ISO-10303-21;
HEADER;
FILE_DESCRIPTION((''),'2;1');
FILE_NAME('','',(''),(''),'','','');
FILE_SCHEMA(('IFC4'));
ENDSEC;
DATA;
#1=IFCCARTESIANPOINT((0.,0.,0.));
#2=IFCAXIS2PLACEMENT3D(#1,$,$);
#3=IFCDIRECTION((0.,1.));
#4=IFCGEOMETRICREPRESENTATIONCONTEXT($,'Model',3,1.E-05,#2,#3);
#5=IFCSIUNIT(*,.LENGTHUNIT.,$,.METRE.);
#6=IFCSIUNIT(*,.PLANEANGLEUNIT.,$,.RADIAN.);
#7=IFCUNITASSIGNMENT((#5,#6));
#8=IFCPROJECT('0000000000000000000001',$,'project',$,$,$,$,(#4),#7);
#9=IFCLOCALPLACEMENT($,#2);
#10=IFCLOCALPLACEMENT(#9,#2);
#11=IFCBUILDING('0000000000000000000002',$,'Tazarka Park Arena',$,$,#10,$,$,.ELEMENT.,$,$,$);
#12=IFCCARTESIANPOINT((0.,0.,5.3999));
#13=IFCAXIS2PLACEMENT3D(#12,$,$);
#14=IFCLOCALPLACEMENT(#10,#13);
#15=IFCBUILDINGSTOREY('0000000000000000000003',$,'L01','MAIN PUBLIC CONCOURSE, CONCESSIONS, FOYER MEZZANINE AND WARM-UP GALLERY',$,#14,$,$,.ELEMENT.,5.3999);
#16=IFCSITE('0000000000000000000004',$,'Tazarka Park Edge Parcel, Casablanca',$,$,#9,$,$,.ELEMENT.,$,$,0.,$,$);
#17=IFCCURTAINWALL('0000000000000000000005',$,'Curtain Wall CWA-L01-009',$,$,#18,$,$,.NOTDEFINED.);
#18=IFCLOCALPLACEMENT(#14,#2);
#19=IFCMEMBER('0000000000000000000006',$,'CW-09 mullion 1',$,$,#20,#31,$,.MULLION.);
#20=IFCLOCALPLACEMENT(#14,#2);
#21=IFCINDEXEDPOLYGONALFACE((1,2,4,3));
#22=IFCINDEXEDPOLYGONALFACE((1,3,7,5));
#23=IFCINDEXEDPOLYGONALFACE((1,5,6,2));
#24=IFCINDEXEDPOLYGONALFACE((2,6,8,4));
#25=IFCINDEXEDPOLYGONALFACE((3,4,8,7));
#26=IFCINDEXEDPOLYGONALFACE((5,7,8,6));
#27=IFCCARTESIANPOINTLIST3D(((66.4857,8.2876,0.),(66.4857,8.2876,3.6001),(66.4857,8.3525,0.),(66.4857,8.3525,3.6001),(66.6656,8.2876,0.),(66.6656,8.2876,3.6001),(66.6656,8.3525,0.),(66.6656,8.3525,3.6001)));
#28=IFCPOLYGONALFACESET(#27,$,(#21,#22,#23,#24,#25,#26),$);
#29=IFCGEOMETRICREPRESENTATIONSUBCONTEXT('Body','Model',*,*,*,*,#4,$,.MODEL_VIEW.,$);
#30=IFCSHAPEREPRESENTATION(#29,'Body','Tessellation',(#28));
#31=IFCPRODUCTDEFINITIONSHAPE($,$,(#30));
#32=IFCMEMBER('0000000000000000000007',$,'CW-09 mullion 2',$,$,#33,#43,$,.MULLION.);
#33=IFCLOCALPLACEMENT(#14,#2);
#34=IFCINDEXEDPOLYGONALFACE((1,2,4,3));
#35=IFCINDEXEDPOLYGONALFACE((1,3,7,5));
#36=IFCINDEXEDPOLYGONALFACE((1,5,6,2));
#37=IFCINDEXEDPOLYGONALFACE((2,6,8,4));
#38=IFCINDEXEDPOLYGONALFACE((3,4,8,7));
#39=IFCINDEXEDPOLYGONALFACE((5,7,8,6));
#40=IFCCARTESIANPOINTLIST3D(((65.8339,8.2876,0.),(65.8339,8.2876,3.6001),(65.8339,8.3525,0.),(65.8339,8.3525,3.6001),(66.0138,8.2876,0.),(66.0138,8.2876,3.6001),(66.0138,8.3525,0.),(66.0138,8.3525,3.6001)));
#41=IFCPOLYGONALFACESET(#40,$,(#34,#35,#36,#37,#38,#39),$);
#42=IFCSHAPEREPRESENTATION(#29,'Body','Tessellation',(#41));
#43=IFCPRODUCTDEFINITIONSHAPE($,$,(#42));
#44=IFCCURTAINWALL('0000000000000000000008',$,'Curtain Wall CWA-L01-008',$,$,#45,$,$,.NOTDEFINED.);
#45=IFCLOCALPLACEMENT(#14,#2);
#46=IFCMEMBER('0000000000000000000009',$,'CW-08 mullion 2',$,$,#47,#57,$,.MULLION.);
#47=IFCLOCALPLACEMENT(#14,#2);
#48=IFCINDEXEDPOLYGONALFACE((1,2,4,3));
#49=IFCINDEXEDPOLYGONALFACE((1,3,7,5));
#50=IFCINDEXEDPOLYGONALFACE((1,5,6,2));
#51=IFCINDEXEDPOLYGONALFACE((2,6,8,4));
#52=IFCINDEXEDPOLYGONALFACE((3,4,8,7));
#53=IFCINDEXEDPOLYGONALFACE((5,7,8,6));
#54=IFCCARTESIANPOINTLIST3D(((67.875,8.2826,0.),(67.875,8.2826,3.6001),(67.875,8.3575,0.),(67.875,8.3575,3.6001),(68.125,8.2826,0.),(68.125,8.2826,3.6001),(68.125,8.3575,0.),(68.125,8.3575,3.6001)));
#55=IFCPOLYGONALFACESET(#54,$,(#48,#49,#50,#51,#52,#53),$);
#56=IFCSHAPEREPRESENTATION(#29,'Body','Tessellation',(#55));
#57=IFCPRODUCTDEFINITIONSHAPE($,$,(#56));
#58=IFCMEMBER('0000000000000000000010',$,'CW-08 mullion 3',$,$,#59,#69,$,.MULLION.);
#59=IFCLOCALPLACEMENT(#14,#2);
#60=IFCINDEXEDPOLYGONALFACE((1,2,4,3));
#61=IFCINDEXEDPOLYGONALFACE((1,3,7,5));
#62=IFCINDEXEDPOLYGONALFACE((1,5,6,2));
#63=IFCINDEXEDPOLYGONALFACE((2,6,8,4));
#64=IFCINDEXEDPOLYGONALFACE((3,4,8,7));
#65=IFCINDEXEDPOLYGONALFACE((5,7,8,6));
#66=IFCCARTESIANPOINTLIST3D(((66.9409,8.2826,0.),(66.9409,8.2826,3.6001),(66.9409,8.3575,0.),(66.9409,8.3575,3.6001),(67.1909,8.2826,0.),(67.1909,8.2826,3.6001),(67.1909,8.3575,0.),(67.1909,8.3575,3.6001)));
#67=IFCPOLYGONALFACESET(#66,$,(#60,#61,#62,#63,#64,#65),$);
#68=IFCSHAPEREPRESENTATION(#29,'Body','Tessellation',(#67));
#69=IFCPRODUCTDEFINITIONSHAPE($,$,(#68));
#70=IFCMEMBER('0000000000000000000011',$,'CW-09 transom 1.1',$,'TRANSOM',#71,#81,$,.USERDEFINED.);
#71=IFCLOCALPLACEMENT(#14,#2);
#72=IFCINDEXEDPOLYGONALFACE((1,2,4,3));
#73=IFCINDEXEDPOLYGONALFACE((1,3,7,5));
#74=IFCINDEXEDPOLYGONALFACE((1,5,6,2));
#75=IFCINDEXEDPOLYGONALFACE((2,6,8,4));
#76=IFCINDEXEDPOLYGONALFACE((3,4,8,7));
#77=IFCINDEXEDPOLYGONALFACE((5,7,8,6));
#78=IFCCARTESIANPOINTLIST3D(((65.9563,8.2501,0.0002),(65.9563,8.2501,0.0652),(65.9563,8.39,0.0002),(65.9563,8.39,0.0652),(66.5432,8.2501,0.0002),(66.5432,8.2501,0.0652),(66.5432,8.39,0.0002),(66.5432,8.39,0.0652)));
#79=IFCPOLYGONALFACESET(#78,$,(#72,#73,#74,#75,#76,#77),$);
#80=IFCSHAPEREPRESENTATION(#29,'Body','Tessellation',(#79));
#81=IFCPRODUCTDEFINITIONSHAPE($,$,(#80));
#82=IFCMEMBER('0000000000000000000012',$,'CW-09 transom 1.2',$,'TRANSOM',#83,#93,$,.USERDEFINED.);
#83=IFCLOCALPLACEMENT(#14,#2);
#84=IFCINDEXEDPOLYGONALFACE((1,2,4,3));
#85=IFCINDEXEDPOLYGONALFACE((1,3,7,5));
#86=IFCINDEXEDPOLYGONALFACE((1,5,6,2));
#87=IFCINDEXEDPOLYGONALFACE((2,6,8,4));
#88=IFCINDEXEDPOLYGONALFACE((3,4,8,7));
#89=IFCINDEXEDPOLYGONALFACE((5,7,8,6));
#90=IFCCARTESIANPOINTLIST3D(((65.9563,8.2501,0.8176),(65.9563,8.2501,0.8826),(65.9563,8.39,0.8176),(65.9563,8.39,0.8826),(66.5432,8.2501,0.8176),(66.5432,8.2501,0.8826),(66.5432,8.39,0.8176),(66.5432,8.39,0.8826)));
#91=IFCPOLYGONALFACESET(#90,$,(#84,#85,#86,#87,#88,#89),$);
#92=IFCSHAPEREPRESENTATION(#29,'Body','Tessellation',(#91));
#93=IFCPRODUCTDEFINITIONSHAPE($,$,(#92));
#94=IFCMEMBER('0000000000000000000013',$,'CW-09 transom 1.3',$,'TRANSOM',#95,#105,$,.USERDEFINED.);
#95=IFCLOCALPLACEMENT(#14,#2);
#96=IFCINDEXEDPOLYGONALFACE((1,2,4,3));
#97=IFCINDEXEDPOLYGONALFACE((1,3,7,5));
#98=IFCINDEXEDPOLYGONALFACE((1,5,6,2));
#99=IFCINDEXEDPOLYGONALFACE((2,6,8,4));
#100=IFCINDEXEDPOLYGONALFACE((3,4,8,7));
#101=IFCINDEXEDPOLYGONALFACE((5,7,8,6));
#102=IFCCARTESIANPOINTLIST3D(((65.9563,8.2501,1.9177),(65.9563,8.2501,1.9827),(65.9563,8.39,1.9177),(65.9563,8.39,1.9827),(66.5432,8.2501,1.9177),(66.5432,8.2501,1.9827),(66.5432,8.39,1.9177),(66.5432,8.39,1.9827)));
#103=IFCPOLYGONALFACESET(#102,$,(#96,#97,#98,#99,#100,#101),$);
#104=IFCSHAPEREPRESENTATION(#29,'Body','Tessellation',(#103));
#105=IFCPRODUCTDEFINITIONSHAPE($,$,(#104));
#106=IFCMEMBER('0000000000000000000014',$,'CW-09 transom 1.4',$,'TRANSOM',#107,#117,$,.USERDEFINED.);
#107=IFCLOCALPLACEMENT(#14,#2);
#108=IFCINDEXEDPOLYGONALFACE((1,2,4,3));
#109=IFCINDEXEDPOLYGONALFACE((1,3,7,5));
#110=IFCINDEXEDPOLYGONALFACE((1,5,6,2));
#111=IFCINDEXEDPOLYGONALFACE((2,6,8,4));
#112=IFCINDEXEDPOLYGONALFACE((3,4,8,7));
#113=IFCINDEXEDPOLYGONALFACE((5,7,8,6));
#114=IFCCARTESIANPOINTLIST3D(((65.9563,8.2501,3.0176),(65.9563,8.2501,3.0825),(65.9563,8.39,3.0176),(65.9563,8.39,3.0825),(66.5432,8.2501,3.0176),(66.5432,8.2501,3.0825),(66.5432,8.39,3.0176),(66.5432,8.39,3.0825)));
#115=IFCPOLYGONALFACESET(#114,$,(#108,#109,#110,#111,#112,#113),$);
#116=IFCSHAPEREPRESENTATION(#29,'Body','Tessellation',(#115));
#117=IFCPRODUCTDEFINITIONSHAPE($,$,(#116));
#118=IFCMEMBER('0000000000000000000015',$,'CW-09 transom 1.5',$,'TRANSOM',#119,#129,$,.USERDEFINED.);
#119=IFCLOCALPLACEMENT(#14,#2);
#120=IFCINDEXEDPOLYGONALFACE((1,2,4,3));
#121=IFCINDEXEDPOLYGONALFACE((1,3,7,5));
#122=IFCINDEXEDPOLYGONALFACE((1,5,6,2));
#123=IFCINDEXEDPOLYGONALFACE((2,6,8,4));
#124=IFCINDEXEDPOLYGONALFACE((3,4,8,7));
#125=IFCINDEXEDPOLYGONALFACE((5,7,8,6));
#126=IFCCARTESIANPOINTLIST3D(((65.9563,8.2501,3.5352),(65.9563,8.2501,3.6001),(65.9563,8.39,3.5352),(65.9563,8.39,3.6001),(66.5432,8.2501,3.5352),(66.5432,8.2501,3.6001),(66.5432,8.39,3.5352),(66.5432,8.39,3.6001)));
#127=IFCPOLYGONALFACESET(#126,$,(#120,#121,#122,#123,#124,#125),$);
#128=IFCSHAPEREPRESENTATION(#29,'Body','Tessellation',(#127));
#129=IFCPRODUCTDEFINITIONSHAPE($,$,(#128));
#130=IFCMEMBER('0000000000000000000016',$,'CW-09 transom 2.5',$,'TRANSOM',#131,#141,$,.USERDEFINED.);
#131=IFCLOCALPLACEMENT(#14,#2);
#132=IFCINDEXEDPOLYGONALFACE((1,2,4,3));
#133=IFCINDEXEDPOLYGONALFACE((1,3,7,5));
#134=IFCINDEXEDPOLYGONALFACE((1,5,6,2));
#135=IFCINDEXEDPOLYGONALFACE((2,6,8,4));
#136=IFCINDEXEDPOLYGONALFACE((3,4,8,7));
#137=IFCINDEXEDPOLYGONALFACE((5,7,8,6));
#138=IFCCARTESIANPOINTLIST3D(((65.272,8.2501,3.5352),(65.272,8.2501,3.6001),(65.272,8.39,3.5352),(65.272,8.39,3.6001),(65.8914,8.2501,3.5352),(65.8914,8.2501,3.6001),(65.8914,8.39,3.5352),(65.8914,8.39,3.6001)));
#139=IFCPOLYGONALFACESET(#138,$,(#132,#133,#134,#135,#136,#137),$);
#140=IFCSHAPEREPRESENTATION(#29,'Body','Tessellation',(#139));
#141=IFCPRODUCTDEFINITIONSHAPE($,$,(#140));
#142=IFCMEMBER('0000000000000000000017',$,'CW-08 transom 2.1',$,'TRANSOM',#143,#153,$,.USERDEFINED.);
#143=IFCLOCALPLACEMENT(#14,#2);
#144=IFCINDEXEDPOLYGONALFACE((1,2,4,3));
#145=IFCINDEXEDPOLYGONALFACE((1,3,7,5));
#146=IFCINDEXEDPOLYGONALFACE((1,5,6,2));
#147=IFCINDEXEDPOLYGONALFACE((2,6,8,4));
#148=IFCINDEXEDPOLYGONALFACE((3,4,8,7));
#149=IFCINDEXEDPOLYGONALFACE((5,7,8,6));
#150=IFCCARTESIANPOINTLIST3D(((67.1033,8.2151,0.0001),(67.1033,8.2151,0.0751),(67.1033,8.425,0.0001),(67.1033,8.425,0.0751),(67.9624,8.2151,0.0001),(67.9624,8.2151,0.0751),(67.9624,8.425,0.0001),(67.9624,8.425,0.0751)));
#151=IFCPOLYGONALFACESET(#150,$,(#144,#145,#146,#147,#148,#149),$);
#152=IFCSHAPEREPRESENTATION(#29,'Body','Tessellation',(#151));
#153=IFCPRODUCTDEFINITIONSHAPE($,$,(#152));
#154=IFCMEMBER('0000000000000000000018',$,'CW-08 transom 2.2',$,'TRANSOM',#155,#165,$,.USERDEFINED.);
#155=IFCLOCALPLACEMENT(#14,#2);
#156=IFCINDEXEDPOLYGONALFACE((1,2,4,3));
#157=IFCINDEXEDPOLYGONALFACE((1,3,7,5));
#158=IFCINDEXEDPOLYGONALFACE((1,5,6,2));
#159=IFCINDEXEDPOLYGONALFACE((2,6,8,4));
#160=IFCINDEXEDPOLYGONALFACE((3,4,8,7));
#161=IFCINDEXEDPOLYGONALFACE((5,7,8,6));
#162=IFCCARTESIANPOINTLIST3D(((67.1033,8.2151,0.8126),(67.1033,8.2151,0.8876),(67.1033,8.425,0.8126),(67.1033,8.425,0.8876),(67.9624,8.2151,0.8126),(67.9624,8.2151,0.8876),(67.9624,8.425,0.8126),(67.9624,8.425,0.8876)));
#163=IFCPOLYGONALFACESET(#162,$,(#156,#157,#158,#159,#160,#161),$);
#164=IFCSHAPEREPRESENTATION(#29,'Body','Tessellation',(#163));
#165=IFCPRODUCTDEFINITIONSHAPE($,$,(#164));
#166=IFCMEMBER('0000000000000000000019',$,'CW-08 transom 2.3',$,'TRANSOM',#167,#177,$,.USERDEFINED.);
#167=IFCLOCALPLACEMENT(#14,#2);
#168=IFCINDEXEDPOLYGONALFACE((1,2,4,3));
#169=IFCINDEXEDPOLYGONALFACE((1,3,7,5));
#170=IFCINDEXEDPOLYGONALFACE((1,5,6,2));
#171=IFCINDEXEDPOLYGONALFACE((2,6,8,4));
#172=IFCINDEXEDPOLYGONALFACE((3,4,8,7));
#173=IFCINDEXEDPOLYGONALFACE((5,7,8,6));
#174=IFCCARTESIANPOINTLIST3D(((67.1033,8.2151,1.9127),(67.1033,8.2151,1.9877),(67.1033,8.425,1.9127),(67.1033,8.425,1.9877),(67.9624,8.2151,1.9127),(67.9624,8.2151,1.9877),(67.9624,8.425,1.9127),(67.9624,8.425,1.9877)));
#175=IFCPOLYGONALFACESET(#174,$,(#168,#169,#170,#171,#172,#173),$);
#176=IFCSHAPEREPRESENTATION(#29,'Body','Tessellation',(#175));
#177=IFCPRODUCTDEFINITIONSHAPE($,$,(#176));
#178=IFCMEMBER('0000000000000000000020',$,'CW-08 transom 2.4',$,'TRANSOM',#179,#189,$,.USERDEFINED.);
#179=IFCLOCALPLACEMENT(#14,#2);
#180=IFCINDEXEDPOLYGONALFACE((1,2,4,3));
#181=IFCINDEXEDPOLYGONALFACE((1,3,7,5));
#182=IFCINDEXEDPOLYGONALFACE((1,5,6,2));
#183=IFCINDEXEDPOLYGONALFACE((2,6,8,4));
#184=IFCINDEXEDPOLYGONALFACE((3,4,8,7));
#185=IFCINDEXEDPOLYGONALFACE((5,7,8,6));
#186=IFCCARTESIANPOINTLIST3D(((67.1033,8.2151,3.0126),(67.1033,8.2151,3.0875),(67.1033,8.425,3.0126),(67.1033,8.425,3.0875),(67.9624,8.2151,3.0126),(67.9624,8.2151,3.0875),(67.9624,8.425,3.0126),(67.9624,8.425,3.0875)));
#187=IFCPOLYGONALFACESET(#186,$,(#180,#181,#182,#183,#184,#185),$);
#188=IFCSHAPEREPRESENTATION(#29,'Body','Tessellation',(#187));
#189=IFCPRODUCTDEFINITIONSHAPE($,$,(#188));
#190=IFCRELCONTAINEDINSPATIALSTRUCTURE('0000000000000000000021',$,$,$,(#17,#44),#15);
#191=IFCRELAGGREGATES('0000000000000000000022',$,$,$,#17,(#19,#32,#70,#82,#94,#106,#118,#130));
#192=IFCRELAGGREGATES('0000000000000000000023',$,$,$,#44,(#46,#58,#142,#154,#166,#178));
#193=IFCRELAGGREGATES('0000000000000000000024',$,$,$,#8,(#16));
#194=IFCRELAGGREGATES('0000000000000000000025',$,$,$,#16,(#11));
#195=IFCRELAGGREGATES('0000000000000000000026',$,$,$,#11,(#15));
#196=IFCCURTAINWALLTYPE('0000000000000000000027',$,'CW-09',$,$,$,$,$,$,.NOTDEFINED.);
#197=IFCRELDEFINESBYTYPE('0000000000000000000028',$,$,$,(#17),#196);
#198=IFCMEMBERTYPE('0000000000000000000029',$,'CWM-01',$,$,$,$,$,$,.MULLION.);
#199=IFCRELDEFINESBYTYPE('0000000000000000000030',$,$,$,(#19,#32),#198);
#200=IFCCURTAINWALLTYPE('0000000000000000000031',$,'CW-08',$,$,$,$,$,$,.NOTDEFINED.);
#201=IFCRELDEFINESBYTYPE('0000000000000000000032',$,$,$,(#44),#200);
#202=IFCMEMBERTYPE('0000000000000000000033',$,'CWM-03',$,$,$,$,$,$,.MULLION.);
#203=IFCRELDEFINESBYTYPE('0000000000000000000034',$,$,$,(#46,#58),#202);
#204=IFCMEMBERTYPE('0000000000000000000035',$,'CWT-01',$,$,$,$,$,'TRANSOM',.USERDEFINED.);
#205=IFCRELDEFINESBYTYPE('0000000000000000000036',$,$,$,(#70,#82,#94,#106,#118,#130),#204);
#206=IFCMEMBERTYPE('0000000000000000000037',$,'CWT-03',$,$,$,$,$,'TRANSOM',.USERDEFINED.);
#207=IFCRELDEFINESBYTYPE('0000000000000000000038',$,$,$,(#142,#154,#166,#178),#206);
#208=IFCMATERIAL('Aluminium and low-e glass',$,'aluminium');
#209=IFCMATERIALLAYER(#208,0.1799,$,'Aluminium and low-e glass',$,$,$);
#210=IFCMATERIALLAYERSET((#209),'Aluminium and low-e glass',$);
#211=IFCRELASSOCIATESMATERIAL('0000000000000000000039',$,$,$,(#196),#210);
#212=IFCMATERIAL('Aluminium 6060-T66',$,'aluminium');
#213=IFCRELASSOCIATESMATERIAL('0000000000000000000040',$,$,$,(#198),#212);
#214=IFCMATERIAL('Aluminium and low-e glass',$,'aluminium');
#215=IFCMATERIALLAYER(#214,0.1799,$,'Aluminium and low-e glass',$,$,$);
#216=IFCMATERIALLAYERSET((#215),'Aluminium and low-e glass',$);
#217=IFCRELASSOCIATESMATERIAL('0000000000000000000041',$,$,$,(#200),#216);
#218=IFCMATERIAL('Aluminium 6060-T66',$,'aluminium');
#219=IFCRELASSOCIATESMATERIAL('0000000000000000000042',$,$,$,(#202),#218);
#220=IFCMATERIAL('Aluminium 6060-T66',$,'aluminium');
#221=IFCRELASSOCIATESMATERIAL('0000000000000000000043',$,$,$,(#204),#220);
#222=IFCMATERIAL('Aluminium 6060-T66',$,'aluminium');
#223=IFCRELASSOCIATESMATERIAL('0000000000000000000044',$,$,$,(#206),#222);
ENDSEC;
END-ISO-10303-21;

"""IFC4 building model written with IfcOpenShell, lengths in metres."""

from ifc_helpers import new_model, si_unit, direction, frame, origin, origin_2d, place, context, subcontext, project, spatial, rectangle, extrude, material, layer, layer_set, material_profile, profile_set, type_object, element, aggregate, save


model = new_model("IFC4")

# Units and contexts
model_context = context("Model", 3, precision=1e-05, world=origin(), true_north=direction((0.0, 1.0)))
body_context = subcontext(model_context, "Body", "Model", "MODEL_VIEW")
ifc_project = project(units=[si_unit("LENGTHUNIT", "METRE"), si_unit("PLANEANGLEUNIT", "RADIAN")], contexts=[model_context])

# Site, building, storey
site_placement = place(None, origin())
site = spatial("IfcSite", under=ifc_project, at=site_placement, Name="Tazarka Park Edge Parcel, Casablanca", CompositionType="ELEMENT", RefElevation=0.0)
building_placement = place(site_placement, origin())
building = spatial("IfcBuilding", under=site, at=building_placement, Name="Tazarka Park Arena", CompositionType="ELEMENT")
storey_placement = place(building_placement, frame((0.0, 0.0, 5.3999)))
storey = spatial("IfcBuildingStorey", under=building, at=storey_placement, Name="L01", Description="MAIN PUBLIC CONCOURSE, CONCESSIONS, FOYER MEZZANINE AND WARM-UP GALLERY", CompositionType="ELEMENT", Elevation=5.3999)

# Curtain walls, members
ifc_material_1 = material(Name="Aluminium and low-e glass", Category="aluminium")
ifc_layer_1 = layer(ifc_material_1, 0.1799, Name="Aluminium and low-e glass")
ifc_layer_set_1 = layer_set([ifc_layer_1], Name="Aluminium and low-e glass")
curtain_wall_type_1 = type_object("IfcCurtainWallType", Name="CW-09", PredefinedType="NOTDEFINED", material=ifc_layer_set_1)
curtain_wall_1_placement = place(storey_placement, origin())
curtain_wall_1 = element("IfcCurtainWall", 1, at=curtain_wall_1_placement, inside=storey, type_object=curtain_wall_type_1, Name="Curtain Wall CWA-L01-009", PredefinedType="NOTDEFINED")
ifc_material_2 = material(Name="Aluminium 6060-T66", Category="aluminium")
ifc_material_profile_1 = material_profile(ifc_material_2, rectangle(XDim=0.0649, YDim=0.1799, at=origin_2d()), Name="Aluminium 6060-T66")
ifc_profile_set_1 = profile_set([ifc_material_profile_1], Name="Aluminium 6060-T66")
member_type_1 = type_object("IfcMemberType", Name="CWM-01", PredefinedType="MULLION", material=ifc_profile_set_1)
member_1_placement = place(storey_placement, frame((66.5757, 8.3201, 0.0), z_axis=(0.0, 0.0, 1.0), x_axis=(0.0, -1.0, 0.0)))
member_1 = element("IfcMember", 2, at=member_1_placement, type_object=member_type_1, Name="CW-09 mullion 1", PredefinedType="MULLION", context=body_context, shape_type="SweptSolid", body=[
    extrude(rectangle(XDim=0.0649, YDim=0.1799, at=origin_2d()), origin(), (0.0, 0.0, 1.0), 3.6001),
])
member_2_placement = place(storey_placement, frame((65.9238, 8.3201, 0.0), z_axis=(0.0, 0.0, 1.0), x_axis=(0.0, -1.0, 0.0)))
member_2 = element("IfcMember", 3, at=member_2_placement, type_object=member_type_1, Name="CW-09 mullion 2", PredefinedType="MULLION", context=body_context, shape_type="SweptSolid", body=[
    extrude(rectangle(XDim=0.0649, YDim=0.1799, at=origin_2d()), origin(), (0.0, 0.0, 1.0), 3.6001),
])
ifc_material_3 = material(Name="Aluminium and low-e glass", Category="aluminium")
ifc_layer_2 = layer(ifc_material_3, 0.1799, Name="Aluminium and low-e glass")
ifc_layer_set_2 = layer_set([ifc_layer_2], Name="Aluminium and low-e glass")
curtain_wall_type_2 = type_object("IfcCurtainWallType", Name="CW-08", PredefinedType="NOTDEFINED", material=ifc_layer_set_2)
curtain_wall_2_placement = place(storey_placement, origin())
curtain_wall_2 = element("IfcCurtainWall", 4, at=curtain_wall_2_placement, inside=storey, type_object=curtain_wall_type_2, Name="Curtain Wall CWA-L01-008", PredefinedType="NOTDEFINED")
ifc_material_4 = material(Name="Aluminium 6060-T66", Category="aluminium")
ifc_material_profile_2 = material_profile(ifc_material_4, rectangle(XDim=0.075, YDim=0.25, at=origin_2d()), Name="Aluminium 6060-T66")
ifc_profile_set_2 = profile_set([ifc_material_profile_2], Name="Aluminium 6060-T66")
member_type_2 = type_object("IfcMemberType", Name="CWM-03", PredefinedType="MULLION", material=ifc_profile_set_2)
member_3_placement = place(storey_placement, frame((68.0, 8.3201, 0.0), z_axis=(0.0, 0.0, 1.0), x_axis=(0.0, -1.0, 0.0)))
member_3 = element("IfcMember", 5, at=member_3_placement, type_object=member_type_2, Name="CW-08 mullion 2", PredefinedType="MULLION", context=body_context, shape_type="SweptSolid", body=[
    extrude(rectangle(XDim=0.075, YDim=0.25, at=origin_2d()), origin(), (0.0, 0.0, 1.0), 3.6001),
])
member_4_placement = place(storey_placement, frame((67.0659, 8.3201, 0.0), z_axis=(0.0, 0.0, 1.0), x_axis=(0.0, -1.0, 0.0)))
member_4 = element("IfcMember", 6, at=member_4_placement, type_object=member_type_2, Name="CW-08 mullion 3", PredefinedType="MULLION", context=body_context, shape_type="SweptSolid", body=[
    extrude(rectangle(XDim=0.075, YDim=0.25, at=origin_2d()), origin(), (0.0, 0.0, 1.0), 3.6001),
])

# Members
ifc_material_5 = material(Name="Aluminium 6060-T66", Category="aluminium")
ifc_material_profile_3 = material_profile(ifc_material_5, rectangle(XDim=0.1399, YDim=0.0649, at=origin_2d()), Name="Aluminium 6060-T66")
ifc_profile_set_3 = profile_set([ifc_material_profile_3], Name="Aluminium 6060-T66")
member_type_3 = type_object("IfcMemberType", Name="CWT-01", ElementType="TRANSOM", PredefinedType="USERDEFINED", material=ifc_profile_set_3)
member_5_placement = place(storey_placement, frame((66.5432, 8.3201, 0.0327), z_axis=(-1.0, 0.0, 0.0), x_axis=(0.0, -1.0, 0.0)))
member_5 = element("IfcMember", 7, at=member_5_placement, type_object=member_type_3, Name="CW-09 transom 1.1", ObjectType="TRANSOM", PredefinedType="USERDEFINED", context=body_context, shape_type="SweptSolid", body=[
    extrude(rectangle(XDim=0.1399, YDim=0.0649, at=origin_2d()), origin(), (0.0, 0.0, 1.0), 0.5869),
])
member_6_placement = place(storey_placement, frame((66.5432, 8.3201, 0.8501), z_axis=(-1.0, 0.0, 0.0), x_axis=(0.0, -1.0, 0.0)))
member_6 = element("IfcMember", 8, at=member_6_placement, type_object=member_type_3, Name="CW-09 transom 1.2", ObjectType="TRANSOM", PredefinedType="USERDEFINED", context=body_context, shape_type="SweptSolid", body=[
    extrude(rectangle(XDim=0.1399, YDim=0.0649, at=origin_2d()), origin(), (0.0, 0.0, 1.0), 0.5869),
])
member_7_placement = place(storey_placement, frame((66.5432, 8.3201, 1.9502), z_axis=(-1.0, 0.0, 0.0), x_axis=(0.0, -1.0, 0.0)))
member_7 = element("IfcMember", 9, at=member_7_placement, type_object=member_type_3, Name="CW-09 transom 1.3", ObjectType="TRANSOM", PredefinedType="USERDEFINED", context=body_context, shape_type="SweptSolid", body=[
    extrude(rectangle(XDim=0.1399, YDim=0.0649, at=origin_2d()), origin(), (0.0, 0.0, 1.0), 0.5869),
])
member_8_placement = place(storey_placement, frame((66.5432, 8.3201, 3.05), z_axis=(-1.0, 0.0, 0.0), x_axis=(0.0, -1.0, 0.0)))
member_8 = element("IfcMember", 10, at=member_8_placement, type_object=member_type_3, Name="CW-09 transom 1.4", ObjectType="TRANSOM", PredefinedType="USERDEFINED", context=body_context, shape_type="SweptSolid", body=[
    extrude(rectangle(XDim=0.1399, YDim=0.0649, at=origin_2d()), origin(), (0.0, 0.0, 1.0), 0.5869),
])
member_9_placement = place(storey_placement, frame((66.5432, 8.3201, 3.5676), z_axis=(-1.0, 0.0, 0.0), x_axis=(0.0, -1.0, 0.0)))
member_9 = element("IfcMember", 11, at=member_9_placement, type_object=member_type_3, Name="CW-09 transom 1.5", ObjectType="TRANSOM", PredefinedType="USERDEFINED", context=body_context, shape_type="SweptSolid", body=[
    extrude(rectangle(XDim=0.1399, YDim=0.0649, at=origin_2d()), origin(), (0.0, 0.0, 1.0), 0.5869),
])
member_10_placement = place(storey_placement, frame((65.8914, 8.3201, 3.5676), z_axis=(-1.0, 0.0, 0.0), x_axis=(0.0, -1.0, 0.0)))
member_10 = element("IfcMember", 12, at=member_10_placement, type_object=member_type_3, Name="CW-09 transom 2.5", ObjectType="TRANSOM", PredefinedType="USERDEFINED", context=body_context, shape_type="SweptSolid", body=[
    extrude(rectangle(XDim=0.1399, YDim=0.0649, at=origin_2d()), origin(), (0.0, 0.0, 1.0), 0.6194),
])
ifc_material_6 = material(Name="Aluminium 6060-T66", Category="aluminium")
ifc_material_profile_4 = material_profile(ifc_material_6, rectangle(XDim=0.21, YDim=0.075, at=origin_2d()), Name="Aluminium 6060-T66")
ifc_profile_set_4 = profile_set([ifc_material_profile_4], Name="Aluminium 6060-T66")
member_type_4 = type_object("IfcMemberType", Name="CWT-03", ElementType="TRANSOM", PredefinedType="USERDEFINED", material=ifc_profile_set_4)
member_11_placement = place(storey_placement, frame((67.9624, 8.3201, 0.0376), z_axis=(-1.0, 0.0, 0.0), x_axis=(0.0, -1.0, 0.0)))
member_11 = element("IfcMember", 13, at=member_11_placement, type_object=member_type_4, Name="CW-08 transom 2.1", ObjectType="TRANSOM", PredefinedType="USERDEFINED", context=body_context, shape_type="SweptSolid", body=[
    extrude(rectangle(XDim=0.21, YDim=0.075, at=origin_2d()), origin(), (0.0, 0.0, 1.0), 0.8591),
])
member_12_placement = place(storey_placement, frame((67.9624, 8.3201, 0.8501), z_axis=(-1.0, 0.0, 0.0), x_axis=(0.0, -1.0, 0.0)))
member_12 = element("IfcMember", 14, at=member_12_placement, type_object=member_type_4, Name="CW-08 transom 2.2", ObjectType="TRANSOM", PredefinedType="USERDEFINED", context=body_context, shape_type="SweptSolid", body=[
    extrude(rectangle(XDim=0.21, YDim=0.075, at=origin_2d()), origin(), (0.0, 0.0, 1.0), 0.8591),
])
member_13_placement = place(storey_placement, frame((67.9624, 8.3201, 1.9502), z_axis=(-1.0, 0.0, 0.0), x_axis=(0.0, -1.0, 0.0)))
member_13 = element("IfcMember", 15, at=member_13_placement, type_object=member_type_4, Name="CW-08 transom 2.3", ObjectType="TRANSOM", PredefinedType="USERDEFINED", context=body_context, shape_type="SweptSolid", body=[
    extrude(rectangle(XDim=0.21, YDim=0.075, at=origin_2d()), origin(), (0.0, 0.0, 1.0), 0.8591),
])
member_14_placement = place(storey_placement, frame((67.9624, 8.3201, 3.05), z_axis=(-1.0, 0.0, 0.0), x_axis=(0.0, -1.0, 0.0)))
member_14 = element("IfcMember", 16, at=member_14_placement, type_object=member_type_4, Name="CW-08 transom 2.4", ObjectType="TRANSOM", PredefinedType="USERDEFINED", context=body_context, shape_type="SweptSolid", body=[
    extrude(rectangle(XDim=0.21, YDim=0.075, at=origin_2d()), origin(), (0.0, 0.0, 1.0), 0.8591),
])

aggregate(curtain_wall_1, [member_1, member_2, member_5, member_6, member_7, member_8, member_9, member_10])
aggregate(curtain_wall_2, [member_3, member_4, member_11, member_12, member_13, member_14])

save(model, "model.ifc")
